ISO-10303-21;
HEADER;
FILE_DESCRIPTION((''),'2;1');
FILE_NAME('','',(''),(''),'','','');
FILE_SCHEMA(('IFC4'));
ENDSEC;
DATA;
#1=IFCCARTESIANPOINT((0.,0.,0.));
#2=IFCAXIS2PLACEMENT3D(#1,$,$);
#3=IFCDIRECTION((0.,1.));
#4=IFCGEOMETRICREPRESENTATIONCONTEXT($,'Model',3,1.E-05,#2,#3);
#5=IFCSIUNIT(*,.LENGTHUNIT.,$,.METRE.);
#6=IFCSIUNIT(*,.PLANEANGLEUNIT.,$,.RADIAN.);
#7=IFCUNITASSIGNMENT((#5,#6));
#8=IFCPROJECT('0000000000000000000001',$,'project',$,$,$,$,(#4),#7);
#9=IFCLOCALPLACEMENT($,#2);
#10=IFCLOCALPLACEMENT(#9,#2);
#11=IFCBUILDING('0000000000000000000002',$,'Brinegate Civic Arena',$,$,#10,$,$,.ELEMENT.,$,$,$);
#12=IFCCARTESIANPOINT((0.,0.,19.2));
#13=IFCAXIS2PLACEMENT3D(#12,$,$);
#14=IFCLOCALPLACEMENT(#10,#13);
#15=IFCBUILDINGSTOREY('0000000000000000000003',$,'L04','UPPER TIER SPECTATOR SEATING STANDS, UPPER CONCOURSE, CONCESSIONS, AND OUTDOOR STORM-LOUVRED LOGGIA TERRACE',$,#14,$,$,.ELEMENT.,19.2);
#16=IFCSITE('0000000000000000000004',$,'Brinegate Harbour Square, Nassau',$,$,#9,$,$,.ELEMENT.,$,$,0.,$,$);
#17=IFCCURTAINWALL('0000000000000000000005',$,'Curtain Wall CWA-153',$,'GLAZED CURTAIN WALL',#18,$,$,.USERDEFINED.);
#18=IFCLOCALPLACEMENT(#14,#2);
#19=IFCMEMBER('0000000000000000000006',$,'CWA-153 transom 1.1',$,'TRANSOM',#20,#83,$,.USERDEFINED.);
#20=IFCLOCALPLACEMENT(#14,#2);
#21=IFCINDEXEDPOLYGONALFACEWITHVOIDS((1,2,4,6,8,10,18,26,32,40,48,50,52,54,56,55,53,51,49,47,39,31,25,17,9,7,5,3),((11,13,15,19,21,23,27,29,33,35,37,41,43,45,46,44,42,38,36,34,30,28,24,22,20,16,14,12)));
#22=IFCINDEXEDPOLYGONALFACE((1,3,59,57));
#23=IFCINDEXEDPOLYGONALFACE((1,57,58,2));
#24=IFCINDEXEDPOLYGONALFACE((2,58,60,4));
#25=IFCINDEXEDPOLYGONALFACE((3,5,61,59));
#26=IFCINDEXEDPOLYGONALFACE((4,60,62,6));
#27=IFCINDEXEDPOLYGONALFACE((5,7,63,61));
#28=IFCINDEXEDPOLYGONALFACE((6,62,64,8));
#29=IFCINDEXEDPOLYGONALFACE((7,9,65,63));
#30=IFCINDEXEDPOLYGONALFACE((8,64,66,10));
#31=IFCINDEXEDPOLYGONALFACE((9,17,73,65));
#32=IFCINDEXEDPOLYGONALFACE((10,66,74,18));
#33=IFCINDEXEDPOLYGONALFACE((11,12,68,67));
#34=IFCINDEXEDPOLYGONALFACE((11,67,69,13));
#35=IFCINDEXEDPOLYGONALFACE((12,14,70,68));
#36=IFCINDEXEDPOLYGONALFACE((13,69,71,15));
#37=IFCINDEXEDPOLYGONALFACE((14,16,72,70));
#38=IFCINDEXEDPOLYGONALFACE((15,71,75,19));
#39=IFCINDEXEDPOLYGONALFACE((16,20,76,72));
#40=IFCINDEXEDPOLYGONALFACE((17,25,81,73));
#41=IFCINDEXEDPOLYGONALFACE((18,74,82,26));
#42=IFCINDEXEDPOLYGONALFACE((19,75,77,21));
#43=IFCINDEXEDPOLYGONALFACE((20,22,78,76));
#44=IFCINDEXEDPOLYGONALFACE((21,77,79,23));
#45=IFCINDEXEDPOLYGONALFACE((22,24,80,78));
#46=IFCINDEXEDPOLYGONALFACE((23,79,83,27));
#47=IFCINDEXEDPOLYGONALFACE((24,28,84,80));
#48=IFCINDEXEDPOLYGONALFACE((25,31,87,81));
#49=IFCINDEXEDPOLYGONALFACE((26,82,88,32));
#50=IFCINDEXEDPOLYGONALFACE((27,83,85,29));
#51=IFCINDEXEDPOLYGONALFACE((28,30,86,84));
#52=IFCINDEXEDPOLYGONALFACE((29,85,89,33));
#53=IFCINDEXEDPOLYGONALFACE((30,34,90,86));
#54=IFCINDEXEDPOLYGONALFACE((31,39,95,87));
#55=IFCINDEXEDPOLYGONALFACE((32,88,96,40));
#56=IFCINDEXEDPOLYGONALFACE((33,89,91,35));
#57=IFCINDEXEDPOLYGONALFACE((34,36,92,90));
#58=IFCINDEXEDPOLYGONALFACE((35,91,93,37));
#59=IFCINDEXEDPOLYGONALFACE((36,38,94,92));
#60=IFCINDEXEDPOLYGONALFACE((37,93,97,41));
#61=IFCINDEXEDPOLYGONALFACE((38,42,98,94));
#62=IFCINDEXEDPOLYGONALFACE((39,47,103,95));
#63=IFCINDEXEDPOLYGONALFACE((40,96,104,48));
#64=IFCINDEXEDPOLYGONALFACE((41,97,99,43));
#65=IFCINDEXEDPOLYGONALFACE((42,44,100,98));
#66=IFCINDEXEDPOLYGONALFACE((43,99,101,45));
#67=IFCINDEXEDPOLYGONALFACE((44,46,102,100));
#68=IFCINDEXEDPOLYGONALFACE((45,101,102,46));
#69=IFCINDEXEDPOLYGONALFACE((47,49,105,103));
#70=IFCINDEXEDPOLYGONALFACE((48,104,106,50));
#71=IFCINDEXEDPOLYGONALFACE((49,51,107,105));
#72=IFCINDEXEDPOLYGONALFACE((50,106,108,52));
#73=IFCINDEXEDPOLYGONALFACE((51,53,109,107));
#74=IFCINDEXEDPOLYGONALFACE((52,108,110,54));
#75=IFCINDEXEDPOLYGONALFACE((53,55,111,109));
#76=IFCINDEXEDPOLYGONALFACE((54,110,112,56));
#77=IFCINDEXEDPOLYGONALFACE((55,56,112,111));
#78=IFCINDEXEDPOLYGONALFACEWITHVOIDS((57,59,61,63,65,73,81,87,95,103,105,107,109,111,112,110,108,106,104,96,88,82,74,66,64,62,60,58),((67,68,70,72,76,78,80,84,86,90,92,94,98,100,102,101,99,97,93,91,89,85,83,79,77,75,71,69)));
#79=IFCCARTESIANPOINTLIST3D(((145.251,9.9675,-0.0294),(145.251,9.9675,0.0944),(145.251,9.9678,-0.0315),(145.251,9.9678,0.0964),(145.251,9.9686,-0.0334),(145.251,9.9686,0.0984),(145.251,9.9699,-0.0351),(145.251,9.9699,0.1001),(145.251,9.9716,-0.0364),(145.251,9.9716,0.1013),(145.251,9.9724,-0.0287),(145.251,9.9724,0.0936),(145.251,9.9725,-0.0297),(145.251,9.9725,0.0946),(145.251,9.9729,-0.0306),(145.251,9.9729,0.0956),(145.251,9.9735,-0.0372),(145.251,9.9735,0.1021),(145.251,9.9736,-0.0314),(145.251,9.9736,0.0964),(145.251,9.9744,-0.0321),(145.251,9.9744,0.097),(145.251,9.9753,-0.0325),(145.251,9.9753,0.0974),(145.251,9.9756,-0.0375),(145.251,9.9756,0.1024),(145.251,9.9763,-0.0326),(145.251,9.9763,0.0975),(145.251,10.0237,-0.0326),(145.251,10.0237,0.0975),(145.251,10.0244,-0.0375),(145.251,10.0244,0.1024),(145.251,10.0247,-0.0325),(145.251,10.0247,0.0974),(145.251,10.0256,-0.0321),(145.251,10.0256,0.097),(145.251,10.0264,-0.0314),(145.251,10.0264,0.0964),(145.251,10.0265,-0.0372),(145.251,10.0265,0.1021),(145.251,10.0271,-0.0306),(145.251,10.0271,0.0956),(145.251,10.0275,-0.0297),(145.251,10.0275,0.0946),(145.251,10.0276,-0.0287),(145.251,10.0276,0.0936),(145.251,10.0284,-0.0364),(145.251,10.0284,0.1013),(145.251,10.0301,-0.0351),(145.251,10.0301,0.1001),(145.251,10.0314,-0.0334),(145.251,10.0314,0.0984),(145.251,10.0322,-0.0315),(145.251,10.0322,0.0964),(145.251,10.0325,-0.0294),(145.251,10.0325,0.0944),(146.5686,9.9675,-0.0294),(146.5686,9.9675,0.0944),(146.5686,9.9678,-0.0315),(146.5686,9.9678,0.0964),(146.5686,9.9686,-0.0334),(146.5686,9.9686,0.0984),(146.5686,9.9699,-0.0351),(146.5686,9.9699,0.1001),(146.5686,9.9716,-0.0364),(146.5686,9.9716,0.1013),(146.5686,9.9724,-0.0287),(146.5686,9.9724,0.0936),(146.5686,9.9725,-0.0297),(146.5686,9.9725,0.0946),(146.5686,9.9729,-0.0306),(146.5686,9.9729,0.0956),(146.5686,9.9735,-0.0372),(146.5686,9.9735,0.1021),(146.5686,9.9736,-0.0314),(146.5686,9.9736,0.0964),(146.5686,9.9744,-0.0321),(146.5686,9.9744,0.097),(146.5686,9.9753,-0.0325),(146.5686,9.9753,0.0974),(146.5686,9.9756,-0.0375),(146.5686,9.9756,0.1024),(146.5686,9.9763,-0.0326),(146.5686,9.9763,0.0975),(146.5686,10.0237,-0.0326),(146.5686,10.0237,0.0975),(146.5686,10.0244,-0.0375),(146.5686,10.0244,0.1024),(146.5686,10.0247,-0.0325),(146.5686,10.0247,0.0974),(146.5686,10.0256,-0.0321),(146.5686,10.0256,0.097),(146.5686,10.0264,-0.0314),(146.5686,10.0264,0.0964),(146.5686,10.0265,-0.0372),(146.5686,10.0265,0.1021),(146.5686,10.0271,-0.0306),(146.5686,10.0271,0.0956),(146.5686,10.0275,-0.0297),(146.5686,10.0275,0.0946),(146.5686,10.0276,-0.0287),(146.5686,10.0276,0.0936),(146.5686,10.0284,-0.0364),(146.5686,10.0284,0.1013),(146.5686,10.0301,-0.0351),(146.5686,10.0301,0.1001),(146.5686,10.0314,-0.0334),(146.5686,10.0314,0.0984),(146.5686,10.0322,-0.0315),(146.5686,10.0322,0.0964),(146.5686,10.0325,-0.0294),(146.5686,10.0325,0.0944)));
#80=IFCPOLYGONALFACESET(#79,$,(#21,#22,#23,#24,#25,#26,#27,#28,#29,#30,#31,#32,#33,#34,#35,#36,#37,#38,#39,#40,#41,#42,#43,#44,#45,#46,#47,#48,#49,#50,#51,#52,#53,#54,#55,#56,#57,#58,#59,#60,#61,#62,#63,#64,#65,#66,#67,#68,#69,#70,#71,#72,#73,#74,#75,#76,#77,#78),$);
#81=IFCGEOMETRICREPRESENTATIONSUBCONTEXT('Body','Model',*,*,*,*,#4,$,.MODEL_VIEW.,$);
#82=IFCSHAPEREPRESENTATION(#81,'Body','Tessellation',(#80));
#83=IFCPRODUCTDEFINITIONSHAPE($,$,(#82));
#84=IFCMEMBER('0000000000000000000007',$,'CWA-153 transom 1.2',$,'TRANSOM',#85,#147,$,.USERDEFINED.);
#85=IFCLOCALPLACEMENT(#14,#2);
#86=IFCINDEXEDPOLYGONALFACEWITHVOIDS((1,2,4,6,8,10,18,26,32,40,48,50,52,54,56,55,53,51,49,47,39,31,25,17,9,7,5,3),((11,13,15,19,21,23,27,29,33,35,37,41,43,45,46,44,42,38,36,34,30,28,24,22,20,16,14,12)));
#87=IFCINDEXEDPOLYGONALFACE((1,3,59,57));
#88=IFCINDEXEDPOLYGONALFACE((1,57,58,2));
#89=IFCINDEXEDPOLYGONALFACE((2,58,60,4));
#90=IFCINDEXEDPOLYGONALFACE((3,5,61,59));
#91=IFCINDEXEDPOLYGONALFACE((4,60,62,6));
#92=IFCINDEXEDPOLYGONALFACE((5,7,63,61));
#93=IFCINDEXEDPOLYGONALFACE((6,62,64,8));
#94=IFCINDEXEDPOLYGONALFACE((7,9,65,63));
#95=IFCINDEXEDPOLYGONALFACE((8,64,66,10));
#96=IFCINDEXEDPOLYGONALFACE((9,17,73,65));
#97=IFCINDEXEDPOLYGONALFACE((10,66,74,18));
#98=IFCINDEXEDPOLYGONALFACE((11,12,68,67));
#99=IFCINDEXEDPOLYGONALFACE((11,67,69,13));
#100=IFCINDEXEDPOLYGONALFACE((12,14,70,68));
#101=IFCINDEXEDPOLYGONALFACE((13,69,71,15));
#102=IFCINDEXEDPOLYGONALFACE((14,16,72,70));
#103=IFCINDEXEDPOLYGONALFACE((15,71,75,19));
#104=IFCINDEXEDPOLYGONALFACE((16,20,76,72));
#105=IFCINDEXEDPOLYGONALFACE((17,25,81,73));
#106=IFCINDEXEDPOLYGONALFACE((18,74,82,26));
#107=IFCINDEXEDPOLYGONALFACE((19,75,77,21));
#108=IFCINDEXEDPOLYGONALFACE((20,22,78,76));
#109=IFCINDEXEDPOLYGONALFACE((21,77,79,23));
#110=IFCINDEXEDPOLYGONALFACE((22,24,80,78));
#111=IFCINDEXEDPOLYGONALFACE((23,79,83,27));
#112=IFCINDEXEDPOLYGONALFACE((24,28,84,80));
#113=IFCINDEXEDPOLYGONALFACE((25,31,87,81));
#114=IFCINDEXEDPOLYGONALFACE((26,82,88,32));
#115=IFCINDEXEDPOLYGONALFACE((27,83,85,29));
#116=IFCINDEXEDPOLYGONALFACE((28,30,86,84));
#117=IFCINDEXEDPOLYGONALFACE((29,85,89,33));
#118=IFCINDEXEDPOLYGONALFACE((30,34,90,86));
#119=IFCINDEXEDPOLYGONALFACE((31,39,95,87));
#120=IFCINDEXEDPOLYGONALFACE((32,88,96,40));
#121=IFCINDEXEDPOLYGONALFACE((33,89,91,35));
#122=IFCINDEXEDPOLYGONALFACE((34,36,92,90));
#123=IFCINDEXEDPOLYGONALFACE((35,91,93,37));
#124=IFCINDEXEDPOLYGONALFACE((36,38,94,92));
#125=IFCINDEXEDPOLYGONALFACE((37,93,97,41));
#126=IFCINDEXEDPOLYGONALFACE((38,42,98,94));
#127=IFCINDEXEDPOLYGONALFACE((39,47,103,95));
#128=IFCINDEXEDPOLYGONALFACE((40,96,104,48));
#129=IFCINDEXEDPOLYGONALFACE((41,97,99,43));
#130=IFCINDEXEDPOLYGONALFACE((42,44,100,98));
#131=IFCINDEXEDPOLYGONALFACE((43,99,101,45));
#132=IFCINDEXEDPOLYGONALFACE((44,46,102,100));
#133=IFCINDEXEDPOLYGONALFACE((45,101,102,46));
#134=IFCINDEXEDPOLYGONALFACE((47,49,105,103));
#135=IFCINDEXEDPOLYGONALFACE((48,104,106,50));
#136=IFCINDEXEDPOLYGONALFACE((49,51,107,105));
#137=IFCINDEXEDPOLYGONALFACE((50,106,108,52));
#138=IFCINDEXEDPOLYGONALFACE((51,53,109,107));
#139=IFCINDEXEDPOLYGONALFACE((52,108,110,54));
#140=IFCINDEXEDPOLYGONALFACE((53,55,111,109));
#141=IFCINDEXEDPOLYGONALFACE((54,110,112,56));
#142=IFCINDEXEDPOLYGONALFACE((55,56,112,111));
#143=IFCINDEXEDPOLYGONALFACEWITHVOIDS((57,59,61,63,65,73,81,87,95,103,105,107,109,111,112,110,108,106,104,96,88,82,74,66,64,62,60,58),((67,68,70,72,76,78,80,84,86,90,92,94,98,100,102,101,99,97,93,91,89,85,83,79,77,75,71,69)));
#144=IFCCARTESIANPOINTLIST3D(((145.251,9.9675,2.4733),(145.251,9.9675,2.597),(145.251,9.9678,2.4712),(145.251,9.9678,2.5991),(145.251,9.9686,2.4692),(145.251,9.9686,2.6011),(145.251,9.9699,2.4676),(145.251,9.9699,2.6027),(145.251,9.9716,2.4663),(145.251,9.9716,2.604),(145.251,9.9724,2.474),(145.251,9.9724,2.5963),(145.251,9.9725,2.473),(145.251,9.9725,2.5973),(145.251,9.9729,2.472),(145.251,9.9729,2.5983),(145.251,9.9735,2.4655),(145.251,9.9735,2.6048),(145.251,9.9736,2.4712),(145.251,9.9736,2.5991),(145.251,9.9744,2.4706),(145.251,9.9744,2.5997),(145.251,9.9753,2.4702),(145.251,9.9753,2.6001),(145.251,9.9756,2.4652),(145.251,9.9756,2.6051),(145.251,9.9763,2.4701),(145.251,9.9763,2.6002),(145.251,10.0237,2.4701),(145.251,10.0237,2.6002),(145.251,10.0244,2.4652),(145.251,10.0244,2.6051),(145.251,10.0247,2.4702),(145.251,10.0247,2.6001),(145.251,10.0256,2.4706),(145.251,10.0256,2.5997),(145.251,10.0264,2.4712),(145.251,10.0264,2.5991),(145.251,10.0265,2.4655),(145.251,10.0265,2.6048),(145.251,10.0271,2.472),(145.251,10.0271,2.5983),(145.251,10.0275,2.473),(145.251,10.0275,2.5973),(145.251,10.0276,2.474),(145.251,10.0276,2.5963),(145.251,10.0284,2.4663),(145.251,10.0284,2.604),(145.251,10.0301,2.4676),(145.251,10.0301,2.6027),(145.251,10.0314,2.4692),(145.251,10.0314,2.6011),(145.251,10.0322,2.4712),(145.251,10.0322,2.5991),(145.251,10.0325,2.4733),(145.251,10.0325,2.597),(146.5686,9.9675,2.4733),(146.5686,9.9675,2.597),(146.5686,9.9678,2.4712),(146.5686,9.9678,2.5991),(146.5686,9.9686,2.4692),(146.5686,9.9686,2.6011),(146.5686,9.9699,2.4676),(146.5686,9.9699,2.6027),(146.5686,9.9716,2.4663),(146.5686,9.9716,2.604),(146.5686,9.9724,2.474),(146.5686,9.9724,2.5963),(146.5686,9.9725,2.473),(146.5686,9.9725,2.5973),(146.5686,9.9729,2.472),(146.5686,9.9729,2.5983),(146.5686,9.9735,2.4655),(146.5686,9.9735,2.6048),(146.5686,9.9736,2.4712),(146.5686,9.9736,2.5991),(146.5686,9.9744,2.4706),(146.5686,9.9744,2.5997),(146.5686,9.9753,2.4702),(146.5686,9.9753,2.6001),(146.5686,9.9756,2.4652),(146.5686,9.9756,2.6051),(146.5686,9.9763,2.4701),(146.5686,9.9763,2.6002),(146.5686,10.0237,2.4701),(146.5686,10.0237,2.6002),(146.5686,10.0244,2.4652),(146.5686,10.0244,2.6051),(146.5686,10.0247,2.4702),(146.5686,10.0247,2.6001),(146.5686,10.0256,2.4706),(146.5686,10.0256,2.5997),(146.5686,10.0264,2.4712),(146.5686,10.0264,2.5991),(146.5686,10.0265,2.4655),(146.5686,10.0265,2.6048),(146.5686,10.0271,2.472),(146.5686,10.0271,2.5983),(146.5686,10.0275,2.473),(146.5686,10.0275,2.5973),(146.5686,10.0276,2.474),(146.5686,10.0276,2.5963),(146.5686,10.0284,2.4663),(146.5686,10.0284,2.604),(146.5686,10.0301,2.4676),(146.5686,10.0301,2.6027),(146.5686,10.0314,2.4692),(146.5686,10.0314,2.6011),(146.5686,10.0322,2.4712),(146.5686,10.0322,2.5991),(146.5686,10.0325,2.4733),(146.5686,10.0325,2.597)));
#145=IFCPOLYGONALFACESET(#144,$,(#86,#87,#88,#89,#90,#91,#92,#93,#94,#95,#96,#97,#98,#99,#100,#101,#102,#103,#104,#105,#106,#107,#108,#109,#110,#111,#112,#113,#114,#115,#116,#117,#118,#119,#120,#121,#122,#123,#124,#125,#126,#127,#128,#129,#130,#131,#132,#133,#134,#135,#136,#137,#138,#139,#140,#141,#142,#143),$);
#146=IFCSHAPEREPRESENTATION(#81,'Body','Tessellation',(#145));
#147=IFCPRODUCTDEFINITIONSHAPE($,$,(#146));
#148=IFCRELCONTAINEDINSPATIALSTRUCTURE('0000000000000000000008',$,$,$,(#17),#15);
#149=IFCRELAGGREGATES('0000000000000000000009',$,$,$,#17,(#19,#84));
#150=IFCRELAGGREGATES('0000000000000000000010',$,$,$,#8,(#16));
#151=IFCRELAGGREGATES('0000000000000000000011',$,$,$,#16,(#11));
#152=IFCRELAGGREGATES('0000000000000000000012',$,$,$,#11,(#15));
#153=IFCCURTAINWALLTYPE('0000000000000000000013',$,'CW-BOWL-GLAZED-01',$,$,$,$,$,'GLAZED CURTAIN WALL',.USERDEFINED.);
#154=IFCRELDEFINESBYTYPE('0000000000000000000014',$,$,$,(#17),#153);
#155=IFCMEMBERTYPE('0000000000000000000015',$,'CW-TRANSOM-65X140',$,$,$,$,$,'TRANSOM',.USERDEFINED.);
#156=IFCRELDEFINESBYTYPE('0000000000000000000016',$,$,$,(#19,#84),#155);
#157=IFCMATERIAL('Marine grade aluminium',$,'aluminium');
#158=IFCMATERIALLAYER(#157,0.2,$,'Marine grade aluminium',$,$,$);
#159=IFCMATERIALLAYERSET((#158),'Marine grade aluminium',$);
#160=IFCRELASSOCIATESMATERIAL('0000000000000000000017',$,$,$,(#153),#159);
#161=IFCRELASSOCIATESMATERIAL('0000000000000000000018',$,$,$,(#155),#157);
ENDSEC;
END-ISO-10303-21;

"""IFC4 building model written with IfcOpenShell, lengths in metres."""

from ifc_helpers import new_model, si_unit, direction, frame, origin, origin_2d, place, context, subcontext, project, spatial, hollow_rectangle, extrude, material, layer, layer_set, material_profile, profile_set, type_object, element, aggregate, save


model = new_model("IFC4")

# Units and contexts
model_context = context("Model", 3, precision=1e-05, world=origin(), true_north=direction((0.0, 1.0)))
body_context = subcontext(model_context, "Body", "Model", "MODEL_VIEW")
ifc_project = project(units=[si_unit("LENGTHUNIT", "METRE"), si_unit("PLANEANGLEUNIT", "RADIAN")], contexts=[model_context])

# Site, building, storey
site_placement = place(None, origin())
site = spatial("IfcSite", under=ifc_project, at=site_placement, Name="Brinegate Harbour Square, Nassau", CompositionType="ELEMENT", RefElevation=0.0)
building_placement = place(site_placement, origin())
building = spatial("IfcBuilding", under=site, at=building_placement, Name="Brinegate Civic Arena", CompositionType="ELEMENT")
storey_placement = place(building_placement, frame((0.0, 0.0, 19.2)))
storey = spatial("IfcBuildingStorey", under=building, at=storey_placement, Name="L04", Description="UPPER TIER SPECTATOR SEATING STANDS, UPPER CONCOURSE, CONCESSIONS, AND OUTDOOR STORM-LOUVRED LOGGIA TERRACE", CompositionType="ELEMENT", Elevation=19.2)

# Curtain wall, members
ifc_material_1 = material(Name="Marine grade aluminium", Category="aluminium")
ifc_layer_1 = layer(ifc_material_1, 0.2, Name="Marine grade aluminium")
ifc_layer_set_1 = layer_set([ifc_layer_1], Name="Marine grade aluminium")
curtain_wall_type_1 = type_object("IfcCurtainWallType", Name="CW-BOWL-GLAZED-01", ElementType="GLAZED CURTAIN WALL", PredefinedType="USERDEFINED", material=ifc_layer_set_1)
curtain_wall_1_placement = place(storey_placement, origin())
curtain_wall_1 = element("IfcCurtainWall", 1, at=curtain_wall_1_placement, inside=storey, type_object=curtain_wall_type_1, Name="Curtain Wall CWA-153", ObjectType="GLAZED CURTAIN WALL", PredefinedType="USERDEFINED")
ifc_material_profile_1 = material_profile(ifc_material_1, hollow_rectangle(XDim=0.0649, YDim=0.1399, WallThickness=0.0049, InnerFilletRadius=0.0039, OuterFilletRadius=0.0081, at=origin_2d()), Name="TRN65X140")
ifc_profile_set_1 = profile_set([ifc_material_profile_1], Name="Marine grade aluminium")
member_type_1 = type_object("IfcMemberType", Name="CW-TRANSOM-65X140", ElementType="TRANSOM", PredefinedType="USERDEFINED", material=ifc_profile_set_1)
member_1_placement = place(storey_placement, frame((145.251, 10.0, 0.0325), z_axis=(1.0, 0.0, 0.0), x_axis=(0.0, 1.0, 0.0)))
member_1 = element("IfcMember", 2, at=member_1_placement, type_object=member_type_1, Name="CWA-153 transom 1.1", ObjectType="TRANSOM", PredefinedType="USERDEFINED", context=body_context, shape_type="SweptSolid", body=[
    extrude(hollow_rectangle(XDim=0.0649, YDim=0.1399, WallThickness=0.0049, InnerFilletRadius=0.0039, OuterFilletRadius=0.0081, at=origin_2d()), origin(), (0.0, 0.0, 1.0), 1.3176),
])
member_2_placement = place(storey_placement, frame((145.251, 10.0, 2.5352), z_axis=(1.0, 0.0, 0.0), x_axis=(0.0, 1.0, 0.0)))
member_2 = element("IfcMember", 3, at=member_2_placement, type_object=member_type_1, Name="CWA-153 transom 1.2", ObjectType="TRANSOM", PredefinedType="USERDEFINED", context=body_context, shape_type="SweptSolid", body=[
    extrude(hollow_rectangle(XDim=0.0649, YDim=0.1399, WallThickness=0.0049, InnerFilletRadius=0.0039, OuterFilletRadius=0.0081, at=origin_2d()), origin(), (0.0, 0.0, 1.0), 1.3176),
])

aggregate(curtain_wall_1, [member_1, member_2])

save(model, "model.ifc")
